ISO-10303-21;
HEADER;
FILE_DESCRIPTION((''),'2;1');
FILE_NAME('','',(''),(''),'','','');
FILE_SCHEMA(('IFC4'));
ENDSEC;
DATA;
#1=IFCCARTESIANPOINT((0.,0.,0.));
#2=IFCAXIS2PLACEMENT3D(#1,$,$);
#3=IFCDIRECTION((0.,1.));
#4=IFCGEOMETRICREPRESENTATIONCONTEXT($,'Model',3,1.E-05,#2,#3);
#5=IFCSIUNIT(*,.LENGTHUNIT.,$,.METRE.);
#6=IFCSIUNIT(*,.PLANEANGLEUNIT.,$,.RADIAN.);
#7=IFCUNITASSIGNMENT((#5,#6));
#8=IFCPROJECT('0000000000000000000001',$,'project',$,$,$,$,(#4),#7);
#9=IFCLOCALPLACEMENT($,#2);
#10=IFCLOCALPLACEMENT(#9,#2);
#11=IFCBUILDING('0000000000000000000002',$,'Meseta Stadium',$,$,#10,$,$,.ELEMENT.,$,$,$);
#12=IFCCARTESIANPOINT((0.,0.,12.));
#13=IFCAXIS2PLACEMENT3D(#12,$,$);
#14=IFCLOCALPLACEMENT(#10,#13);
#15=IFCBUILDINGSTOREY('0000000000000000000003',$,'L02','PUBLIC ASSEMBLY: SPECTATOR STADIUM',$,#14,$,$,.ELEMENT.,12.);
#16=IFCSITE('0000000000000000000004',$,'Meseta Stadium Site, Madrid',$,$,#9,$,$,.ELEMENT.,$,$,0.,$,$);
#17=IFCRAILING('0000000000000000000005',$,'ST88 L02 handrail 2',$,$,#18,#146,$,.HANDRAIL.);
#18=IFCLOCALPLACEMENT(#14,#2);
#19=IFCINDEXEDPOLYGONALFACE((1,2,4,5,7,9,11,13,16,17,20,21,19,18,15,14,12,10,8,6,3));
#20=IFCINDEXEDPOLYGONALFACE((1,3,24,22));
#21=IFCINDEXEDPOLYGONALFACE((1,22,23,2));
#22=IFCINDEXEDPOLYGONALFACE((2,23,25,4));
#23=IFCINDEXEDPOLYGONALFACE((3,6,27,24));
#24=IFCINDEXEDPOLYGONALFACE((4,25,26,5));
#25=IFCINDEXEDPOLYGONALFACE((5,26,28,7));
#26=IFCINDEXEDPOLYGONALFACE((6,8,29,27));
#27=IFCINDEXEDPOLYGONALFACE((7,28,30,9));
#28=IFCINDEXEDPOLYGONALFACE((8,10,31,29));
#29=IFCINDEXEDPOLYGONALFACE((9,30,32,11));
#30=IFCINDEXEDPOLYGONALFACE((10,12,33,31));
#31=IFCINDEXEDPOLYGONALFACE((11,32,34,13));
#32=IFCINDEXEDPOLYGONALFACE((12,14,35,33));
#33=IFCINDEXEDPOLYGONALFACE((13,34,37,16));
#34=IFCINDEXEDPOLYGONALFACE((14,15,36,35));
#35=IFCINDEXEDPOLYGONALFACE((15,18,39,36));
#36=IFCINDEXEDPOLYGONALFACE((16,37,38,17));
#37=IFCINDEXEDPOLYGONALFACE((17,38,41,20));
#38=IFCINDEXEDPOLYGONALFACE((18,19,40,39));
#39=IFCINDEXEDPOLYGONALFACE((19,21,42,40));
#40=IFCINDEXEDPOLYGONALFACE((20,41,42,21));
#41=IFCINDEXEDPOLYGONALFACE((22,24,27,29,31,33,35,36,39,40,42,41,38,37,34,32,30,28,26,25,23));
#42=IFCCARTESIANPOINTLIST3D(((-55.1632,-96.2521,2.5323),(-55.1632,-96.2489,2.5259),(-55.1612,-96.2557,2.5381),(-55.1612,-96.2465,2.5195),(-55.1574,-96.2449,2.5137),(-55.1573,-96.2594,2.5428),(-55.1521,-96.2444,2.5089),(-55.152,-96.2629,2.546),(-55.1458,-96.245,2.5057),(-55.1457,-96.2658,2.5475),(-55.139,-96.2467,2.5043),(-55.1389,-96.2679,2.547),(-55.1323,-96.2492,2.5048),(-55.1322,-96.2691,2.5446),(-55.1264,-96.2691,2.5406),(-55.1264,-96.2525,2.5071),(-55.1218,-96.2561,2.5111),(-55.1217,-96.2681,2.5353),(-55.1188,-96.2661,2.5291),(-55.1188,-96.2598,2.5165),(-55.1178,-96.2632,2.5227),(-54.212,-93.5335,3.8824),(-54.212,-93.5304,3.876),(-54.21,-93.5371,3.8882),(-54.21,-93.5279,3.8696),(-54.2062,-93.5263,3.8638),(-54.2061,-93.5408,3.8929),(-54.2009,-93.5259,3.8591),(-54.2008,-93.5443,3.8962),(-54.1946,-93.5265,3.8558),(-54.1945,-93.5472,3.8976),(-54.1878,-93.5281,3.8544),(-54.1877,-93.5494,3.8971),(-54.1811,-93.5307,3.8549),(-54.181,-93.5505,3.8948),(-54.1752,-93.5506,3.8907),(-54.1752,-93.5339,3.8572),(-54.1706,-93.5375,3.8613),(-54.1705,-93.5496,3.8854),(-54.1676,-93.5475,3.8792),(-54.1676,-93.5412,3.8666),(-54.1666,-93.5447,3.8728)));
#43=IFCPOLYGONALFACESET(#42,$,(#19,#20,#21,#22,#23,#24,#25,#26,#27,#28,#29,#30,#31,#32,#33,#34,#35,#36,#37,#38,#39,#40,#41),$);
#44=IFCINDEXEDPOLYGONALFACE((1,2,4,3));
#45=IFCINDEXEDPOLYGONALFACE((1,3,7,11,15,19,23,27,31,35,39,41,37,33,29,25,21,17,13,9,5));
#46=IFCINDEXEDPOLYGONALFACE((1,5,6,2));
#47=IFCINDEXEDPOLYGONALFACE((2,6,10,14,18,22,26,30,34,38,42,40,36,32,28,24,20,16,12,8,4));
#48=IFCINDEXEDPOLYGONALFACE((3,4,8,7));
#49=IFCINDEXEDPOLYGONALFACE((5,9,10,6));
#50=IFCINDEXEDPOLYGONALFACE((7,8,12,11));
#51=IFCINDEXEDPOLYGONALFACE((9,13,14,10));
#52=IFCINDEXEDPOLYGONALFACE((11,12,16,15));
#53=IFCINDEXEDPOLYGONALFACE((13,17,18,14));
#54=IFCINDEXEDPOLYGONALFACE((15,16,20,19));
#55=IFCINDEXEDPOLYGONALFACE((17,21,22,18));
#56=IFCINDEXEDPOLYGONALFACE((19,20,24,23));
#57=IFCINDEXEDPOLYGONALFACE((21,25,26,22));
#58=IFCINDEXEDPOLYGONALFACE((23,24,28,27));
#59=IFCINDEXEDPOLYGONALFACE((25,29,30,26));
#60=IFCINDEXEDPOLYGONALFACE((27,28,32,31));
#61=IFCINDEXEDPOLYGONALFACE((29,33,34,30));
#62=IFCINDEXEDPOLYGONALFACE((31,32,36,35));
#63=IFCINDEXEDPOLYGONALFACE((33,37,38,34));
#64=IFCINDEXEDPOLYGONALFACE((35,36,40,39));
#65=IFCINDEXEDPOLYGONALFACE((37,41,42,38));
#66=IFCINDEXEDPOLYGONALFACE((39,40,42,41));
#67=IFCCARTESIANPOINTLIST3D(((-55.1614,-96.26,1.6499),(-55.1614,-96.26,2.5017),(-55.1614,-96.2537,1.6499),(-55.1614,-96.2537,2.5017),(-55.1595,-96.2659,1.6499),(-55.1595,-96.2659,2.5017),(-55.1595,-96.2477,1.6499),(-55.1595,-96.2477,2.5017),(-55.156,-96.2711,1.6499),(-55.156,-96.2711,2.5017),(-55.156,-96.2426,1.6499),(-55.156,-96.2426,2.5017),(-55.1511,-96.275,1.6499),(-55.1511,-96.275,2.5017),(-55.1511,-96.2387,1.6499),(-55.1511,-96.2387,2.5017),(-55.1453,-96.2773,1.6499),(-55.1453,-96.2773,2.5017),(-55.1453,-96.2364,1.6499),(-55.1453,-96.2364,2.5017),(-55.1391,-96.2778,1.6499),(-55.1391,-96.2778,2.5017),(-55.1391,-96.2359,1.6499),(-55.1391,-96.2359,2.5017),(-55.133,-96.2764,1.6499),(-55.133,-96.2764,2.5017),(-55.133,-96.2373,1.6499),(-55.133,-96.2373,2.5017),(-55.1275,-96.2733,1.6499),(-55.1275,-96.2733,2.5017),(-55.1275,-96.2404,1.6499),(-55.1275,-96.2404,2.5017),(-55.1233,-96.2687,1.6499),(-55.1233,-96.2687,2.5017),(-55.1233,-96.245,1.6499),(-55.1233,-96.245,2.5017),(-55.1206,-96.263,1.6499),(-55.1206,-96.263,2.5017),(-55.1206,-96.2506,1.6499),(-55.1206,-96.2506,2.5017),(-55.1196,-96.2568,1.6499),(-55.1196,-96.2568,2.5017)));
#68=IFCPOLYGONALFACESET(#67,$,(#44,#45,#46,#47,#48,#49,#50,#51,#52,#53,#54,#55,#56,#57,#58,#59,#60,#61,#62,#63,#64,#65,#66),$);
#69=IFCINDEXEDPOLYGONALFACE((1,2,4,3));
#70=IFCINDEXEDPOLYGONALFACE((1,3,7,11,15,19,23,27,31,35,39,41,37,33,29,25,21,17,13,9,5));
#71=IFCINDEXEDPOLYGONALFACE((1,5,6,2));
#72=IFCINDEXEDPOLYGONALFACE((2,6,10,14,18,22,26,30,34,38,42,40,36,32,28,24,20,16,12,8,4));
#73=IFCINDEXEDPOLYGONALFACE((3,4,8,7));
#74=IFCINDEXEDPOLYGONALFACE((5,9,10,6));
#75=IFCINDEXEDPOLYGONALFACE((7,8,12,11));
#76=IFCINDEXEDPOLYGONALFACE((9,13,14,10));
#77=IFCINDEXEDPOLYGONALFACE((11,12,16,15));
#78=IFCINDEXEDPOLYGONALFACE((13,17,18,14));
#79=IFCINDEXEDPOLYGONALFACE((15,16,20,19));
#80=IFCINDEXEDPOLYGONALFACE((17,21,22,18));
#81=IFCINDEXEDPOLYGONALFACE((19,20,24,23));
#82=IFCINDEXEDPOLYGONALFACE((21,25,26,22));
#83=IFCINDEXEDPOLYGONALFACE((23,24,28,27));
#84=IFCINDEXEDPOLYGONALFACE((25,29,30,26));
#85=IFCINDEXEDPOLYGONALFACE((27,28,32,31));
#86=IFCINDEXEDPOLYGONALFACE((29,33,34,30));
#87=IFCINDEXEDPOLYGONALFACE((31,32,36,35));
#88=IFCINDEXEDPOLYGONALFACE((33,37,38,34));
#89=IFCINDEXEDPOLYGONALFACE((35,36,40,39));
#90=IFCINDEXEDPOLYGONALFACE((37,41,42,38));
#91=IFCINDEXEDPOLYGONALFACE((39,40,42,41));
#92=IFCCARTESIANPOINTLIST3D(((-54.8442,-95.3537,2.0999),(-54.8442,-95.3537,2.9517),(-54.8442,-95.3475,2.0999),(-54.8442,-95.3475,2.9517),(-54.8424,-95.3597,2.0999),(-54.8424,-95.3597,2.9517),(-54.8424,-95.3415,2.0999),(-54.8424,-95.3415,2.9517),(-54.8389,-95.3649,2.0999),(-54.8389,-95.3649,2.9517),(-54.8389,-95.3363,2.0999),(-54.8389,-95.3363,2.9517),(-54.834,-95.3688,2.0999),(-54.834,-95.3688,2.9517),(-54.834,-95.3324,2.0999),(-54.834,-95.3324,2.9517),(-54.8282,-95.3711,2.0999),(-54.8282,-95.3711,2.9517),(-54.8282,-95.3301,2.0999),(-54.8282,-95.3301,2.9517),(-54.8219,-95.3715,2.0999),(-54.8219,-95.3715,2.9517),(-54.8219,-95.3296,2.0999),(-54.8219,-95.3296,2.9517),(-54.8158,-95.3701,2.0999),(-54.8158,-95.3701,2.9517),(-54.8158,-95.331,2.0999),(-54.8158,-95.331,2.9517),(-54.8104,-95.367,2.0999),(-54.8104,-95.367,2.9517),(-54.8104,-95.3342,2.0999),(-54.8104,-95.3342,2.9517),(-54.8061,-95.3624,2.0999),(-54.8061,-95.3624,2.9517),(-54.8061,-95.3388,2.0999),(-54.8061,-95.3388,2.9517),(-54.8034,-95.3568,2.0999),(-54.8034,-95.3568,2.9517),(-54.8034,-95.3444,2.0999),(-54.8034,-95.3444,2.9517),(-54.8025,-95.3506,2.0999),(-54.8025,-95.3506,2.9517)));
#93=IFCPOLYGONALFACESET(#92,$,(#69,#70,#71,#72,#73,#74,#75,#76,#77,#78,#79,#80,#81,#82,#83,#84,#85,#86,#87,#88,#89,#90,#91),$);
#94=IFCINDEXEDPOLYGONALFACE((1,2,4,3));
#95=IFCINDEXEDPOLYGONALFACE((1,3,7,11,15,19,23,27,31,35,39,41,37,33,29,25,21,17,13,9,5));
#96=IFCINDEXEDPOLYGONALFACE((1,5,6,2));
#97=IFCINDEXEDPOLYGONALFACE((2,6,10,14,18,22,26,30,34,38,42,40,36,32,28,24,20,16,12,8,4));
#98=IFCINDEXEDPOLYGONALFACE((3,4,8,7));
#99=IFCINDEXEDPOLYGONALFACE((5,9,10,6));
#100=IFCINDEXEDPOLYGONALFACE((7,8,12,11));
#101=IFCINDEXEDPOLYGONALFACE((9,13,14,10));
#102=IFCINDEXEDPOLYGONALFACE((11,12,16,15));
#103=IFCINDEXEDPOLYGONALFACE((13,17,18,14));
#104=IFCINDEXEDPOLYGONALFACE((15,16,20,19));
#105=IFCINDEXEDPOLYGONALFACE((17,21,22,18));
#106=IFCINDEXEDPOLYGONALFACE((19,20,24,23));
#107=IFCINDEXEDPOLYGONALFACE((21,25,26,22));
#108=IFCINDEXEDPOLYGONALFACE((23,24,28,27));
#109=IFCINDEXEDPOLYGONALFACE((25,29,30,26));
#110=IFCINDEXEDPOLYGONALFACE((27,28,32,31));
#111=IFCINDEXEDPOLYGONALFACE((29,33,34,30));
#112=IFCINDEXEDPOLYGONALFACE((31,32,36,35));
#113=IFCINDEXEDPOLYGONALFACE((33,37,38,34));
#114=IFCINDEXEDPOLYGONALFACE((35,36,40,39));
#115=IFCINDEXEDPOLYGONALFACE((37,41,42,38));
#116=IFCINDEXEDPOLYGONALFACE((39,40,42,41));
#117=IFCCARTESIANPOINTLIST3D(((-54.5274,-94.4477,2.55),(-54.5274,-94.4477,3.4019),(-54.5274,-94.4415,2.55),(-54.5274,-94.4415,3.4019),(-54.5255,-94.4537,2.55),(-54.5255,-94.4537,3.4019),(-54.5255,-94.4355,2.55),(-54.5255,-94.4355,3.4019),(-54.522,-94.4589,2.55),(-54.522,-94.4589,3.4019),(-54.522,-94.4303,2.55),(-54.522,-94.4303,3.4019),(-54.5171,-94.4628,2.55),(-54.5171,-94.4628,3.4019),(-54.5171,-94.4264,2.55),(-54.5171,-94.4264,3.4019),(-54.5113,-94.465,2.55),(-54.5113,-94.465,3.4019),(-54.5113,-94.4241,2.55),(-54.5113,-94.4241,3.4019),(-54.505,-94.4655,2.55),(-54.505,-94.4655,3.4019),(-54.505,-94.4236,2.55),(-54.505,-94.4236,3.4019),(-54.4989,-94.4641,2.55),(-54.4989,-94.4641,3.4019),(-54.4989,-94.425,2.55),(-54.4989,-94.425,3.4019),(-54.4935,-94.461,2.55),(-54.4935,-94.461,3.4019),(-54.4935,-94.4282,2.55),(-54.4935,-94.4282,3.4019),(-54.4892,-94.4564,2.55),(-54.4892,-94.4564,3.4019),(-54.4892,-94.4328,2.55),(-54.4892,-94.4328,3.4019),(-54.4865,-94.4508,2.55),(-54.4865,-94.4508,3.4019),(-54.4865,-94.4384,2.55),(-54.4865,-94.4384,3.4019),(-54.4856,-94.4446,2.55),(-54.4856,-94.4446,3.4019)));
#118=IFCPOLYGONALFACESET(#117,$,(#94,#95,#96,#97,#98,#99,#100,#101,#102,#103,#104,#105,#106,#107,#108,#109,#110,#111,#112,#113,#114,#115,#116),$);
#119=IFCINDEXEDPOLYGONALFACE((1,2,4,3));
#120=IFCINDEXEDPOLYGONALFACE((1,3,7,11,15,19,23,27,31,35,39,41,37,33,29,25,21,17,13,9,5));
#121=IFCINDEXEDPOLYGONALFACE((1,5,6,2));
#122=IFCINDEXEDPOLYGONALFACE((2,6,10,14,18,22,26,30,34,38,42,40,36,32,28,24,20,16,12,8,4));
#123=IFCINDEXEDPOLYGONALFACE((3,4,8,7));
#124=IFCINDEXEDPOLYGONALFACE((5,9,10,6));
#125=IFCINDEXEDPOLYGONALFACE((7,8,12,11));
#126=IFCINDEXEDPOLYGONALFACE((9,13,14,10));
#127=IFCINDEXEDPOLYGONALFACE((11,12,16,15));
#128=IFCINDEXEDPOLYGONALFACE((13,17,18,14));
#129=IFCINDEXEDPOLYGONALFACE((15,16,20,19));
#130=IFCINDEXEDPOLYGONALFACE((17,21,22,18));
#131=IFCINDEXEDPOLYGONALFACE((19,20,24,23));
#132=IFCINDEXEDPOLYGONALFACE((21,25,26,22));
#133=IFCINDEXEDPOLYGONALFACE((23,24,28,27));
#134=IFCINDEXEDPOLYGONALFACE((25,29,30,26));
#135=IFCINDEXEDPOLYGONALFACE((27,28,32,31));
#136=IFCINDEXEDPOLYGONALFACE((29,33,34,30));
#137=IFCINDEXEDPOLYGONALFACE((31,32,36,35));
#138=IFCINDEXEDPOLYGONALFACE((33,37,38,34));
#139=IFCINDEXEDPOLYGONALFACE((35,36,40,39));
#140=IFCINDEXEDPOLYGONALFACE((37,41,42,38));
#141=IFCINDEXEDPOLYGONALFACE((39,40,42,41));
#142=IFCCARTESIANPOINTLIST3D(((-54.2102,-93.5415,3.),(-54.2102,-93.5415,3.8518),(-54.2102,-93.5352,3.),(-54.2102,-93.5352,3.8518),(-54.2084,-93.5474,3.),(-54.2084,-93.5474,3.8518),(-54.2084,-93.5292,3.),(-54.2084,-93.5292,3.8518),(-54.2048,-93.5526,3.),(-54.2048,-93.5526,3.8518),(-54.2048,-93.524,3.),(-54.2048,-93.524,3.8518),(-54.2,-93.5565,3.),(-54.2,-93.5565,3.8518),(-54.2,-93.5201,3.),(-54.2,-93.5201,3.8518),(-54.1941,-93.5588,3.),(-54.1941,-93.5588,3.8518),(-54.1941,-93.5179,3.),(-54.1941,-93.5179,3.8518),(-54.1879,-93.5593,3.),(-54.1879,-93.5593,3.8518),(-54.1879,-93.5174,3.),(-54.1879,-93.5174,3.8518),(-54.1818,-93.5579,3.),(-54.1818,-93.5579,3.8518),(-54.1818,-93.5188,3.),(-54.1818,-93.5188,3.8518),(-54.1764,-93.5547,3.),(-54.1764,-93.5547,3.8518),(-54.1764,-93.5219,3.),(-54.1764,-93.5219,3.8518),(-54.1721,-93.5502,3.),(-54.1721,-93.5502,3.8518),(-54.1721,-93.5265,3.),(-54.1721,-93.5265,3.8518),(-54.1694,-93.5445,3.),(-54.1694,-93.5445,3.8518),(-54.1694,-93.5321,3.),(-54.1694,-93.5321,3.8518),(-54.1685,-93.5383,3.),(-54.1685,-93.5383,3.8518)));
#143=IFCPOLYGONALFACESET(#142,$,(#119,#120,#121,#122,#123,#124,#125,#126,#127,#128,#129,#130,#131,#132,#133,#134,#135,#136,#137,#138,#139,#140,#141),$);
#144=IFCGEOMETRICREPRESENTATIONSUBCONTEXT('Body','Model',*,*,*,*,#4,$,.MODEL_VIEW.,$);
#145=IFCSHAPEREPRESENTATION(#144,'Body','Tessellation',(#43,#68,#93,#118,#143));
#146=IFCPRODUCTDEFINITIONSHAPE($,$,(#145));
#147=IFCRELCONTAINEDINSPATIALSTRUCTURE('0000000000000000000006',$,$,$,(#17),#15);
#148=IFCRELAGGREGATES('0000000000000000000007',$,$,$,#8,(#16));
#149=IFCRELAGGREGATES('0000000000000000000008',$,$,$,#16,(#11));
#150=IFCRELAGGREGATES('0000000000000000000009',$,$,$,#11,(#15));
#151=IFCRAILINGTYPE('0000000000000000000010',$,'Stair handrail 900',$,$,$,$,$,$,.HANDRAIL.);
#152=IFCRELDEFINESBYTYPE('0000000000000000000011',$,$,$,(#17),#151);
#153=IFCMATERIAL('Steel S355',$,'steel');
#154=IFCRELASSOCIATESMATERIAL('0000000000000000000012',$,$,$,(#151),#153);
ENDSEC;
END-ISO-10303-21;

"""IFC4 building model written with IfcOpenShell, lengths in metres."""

from ifc_helpers import new_model, si_unit, direction, frame, origin, origin_2d, place, context, subcontext, project, spatial, circle, extrude, material, type_object, element, save


model = new_model("IFC4")

# Units and contexts
model_context = context("Model", 3, precision=1e-05, world=origin(), true_north=direction((0.0, 1.0)))
body_context = subcontext(model_context, "Body", "Model", "MODEL_VIEW")
ifc_project = project(units=[si_unit("LENGTHUNIT", "METRE"), si_unit("PLANEANGLEUNIT", "RADIAN")], contexts=[model_context])

# Site, building, storey
site_placement = place(None, origin())
site = spatial("IfcSite", under=ifc_project, at=site_placement, Name="Meseta Stadium Site, Madrid", CompositionType="ELEMENT", RefElevation=0.0)
building_placement = place(site_placement, origin())
building = spatial("IfcBuilding", under=site, at=building_placement, Name="Meseta Stadium", CompositionType="ELEMENT")
storey_placement = place(building_placement, frame((0.0, 0.0, 12.0)))
storey = spatial("IfcBuildingStorey", under=building, at=storey_placement, Name="L02", Description="PUBLIC ASSEMBLY: SPECTATOR STADIUM", CompositionType="ELEMENT", Elevation=12.0)

# Railing
ifc_material_1 = material(Name="Steel S355", Category="steel")
railing_type_1 = type_object("IfcRailingType", Name="Stair handrail 900", PredefinedType="HANDRAIL", material=ifc_material_1)
for number, where, name in (
    (1, (-55.1406, -96.2568, 1.6499), "ST88 L02 handrail 2"),
):
    element("IfcRailing", number, at=place(storey_placement, frame(where)), inside=storey, type_object=railing_type_1, Name=name, PredefinedType="HANDRAIL", context=body_context, shape_type="SweptSolid", body=[
        extrude(circle(Radius=0.0239, at=origin_2d()), frame((0.0, 0.0, 0.876), z_axis=(0.299031, 0.854649, 0.424446), x_axis=(-0.943891, 0.330256, 0.0)), (0.0, 0.0, 1.0), 3.1809),
        extrude(circle(Radius=0.021, at=origin_2d()), origin(), (0.0, 0.0, 1.0), 0.8518),
        extrude(circle(Radius=0.021, at=origin_2d()), frame((0.3171, 0.9062, 0.45)), (0.0, 0.0, 1.0), 0.8518),
        extrude(circle(Radius=0.021, at=origin_2d()), frame((0.634, 1.8123, 0.9001)), (0.0, 0.0, 1.0), 0.8518),
        extrude(circle(Radius=0.021, at=origin_2d()), frame((0.9512, 2.7185, 1.3501)), (0.0, 0.0, 1.0), 0.8518),
    ])

save(model, "model.ifc")
